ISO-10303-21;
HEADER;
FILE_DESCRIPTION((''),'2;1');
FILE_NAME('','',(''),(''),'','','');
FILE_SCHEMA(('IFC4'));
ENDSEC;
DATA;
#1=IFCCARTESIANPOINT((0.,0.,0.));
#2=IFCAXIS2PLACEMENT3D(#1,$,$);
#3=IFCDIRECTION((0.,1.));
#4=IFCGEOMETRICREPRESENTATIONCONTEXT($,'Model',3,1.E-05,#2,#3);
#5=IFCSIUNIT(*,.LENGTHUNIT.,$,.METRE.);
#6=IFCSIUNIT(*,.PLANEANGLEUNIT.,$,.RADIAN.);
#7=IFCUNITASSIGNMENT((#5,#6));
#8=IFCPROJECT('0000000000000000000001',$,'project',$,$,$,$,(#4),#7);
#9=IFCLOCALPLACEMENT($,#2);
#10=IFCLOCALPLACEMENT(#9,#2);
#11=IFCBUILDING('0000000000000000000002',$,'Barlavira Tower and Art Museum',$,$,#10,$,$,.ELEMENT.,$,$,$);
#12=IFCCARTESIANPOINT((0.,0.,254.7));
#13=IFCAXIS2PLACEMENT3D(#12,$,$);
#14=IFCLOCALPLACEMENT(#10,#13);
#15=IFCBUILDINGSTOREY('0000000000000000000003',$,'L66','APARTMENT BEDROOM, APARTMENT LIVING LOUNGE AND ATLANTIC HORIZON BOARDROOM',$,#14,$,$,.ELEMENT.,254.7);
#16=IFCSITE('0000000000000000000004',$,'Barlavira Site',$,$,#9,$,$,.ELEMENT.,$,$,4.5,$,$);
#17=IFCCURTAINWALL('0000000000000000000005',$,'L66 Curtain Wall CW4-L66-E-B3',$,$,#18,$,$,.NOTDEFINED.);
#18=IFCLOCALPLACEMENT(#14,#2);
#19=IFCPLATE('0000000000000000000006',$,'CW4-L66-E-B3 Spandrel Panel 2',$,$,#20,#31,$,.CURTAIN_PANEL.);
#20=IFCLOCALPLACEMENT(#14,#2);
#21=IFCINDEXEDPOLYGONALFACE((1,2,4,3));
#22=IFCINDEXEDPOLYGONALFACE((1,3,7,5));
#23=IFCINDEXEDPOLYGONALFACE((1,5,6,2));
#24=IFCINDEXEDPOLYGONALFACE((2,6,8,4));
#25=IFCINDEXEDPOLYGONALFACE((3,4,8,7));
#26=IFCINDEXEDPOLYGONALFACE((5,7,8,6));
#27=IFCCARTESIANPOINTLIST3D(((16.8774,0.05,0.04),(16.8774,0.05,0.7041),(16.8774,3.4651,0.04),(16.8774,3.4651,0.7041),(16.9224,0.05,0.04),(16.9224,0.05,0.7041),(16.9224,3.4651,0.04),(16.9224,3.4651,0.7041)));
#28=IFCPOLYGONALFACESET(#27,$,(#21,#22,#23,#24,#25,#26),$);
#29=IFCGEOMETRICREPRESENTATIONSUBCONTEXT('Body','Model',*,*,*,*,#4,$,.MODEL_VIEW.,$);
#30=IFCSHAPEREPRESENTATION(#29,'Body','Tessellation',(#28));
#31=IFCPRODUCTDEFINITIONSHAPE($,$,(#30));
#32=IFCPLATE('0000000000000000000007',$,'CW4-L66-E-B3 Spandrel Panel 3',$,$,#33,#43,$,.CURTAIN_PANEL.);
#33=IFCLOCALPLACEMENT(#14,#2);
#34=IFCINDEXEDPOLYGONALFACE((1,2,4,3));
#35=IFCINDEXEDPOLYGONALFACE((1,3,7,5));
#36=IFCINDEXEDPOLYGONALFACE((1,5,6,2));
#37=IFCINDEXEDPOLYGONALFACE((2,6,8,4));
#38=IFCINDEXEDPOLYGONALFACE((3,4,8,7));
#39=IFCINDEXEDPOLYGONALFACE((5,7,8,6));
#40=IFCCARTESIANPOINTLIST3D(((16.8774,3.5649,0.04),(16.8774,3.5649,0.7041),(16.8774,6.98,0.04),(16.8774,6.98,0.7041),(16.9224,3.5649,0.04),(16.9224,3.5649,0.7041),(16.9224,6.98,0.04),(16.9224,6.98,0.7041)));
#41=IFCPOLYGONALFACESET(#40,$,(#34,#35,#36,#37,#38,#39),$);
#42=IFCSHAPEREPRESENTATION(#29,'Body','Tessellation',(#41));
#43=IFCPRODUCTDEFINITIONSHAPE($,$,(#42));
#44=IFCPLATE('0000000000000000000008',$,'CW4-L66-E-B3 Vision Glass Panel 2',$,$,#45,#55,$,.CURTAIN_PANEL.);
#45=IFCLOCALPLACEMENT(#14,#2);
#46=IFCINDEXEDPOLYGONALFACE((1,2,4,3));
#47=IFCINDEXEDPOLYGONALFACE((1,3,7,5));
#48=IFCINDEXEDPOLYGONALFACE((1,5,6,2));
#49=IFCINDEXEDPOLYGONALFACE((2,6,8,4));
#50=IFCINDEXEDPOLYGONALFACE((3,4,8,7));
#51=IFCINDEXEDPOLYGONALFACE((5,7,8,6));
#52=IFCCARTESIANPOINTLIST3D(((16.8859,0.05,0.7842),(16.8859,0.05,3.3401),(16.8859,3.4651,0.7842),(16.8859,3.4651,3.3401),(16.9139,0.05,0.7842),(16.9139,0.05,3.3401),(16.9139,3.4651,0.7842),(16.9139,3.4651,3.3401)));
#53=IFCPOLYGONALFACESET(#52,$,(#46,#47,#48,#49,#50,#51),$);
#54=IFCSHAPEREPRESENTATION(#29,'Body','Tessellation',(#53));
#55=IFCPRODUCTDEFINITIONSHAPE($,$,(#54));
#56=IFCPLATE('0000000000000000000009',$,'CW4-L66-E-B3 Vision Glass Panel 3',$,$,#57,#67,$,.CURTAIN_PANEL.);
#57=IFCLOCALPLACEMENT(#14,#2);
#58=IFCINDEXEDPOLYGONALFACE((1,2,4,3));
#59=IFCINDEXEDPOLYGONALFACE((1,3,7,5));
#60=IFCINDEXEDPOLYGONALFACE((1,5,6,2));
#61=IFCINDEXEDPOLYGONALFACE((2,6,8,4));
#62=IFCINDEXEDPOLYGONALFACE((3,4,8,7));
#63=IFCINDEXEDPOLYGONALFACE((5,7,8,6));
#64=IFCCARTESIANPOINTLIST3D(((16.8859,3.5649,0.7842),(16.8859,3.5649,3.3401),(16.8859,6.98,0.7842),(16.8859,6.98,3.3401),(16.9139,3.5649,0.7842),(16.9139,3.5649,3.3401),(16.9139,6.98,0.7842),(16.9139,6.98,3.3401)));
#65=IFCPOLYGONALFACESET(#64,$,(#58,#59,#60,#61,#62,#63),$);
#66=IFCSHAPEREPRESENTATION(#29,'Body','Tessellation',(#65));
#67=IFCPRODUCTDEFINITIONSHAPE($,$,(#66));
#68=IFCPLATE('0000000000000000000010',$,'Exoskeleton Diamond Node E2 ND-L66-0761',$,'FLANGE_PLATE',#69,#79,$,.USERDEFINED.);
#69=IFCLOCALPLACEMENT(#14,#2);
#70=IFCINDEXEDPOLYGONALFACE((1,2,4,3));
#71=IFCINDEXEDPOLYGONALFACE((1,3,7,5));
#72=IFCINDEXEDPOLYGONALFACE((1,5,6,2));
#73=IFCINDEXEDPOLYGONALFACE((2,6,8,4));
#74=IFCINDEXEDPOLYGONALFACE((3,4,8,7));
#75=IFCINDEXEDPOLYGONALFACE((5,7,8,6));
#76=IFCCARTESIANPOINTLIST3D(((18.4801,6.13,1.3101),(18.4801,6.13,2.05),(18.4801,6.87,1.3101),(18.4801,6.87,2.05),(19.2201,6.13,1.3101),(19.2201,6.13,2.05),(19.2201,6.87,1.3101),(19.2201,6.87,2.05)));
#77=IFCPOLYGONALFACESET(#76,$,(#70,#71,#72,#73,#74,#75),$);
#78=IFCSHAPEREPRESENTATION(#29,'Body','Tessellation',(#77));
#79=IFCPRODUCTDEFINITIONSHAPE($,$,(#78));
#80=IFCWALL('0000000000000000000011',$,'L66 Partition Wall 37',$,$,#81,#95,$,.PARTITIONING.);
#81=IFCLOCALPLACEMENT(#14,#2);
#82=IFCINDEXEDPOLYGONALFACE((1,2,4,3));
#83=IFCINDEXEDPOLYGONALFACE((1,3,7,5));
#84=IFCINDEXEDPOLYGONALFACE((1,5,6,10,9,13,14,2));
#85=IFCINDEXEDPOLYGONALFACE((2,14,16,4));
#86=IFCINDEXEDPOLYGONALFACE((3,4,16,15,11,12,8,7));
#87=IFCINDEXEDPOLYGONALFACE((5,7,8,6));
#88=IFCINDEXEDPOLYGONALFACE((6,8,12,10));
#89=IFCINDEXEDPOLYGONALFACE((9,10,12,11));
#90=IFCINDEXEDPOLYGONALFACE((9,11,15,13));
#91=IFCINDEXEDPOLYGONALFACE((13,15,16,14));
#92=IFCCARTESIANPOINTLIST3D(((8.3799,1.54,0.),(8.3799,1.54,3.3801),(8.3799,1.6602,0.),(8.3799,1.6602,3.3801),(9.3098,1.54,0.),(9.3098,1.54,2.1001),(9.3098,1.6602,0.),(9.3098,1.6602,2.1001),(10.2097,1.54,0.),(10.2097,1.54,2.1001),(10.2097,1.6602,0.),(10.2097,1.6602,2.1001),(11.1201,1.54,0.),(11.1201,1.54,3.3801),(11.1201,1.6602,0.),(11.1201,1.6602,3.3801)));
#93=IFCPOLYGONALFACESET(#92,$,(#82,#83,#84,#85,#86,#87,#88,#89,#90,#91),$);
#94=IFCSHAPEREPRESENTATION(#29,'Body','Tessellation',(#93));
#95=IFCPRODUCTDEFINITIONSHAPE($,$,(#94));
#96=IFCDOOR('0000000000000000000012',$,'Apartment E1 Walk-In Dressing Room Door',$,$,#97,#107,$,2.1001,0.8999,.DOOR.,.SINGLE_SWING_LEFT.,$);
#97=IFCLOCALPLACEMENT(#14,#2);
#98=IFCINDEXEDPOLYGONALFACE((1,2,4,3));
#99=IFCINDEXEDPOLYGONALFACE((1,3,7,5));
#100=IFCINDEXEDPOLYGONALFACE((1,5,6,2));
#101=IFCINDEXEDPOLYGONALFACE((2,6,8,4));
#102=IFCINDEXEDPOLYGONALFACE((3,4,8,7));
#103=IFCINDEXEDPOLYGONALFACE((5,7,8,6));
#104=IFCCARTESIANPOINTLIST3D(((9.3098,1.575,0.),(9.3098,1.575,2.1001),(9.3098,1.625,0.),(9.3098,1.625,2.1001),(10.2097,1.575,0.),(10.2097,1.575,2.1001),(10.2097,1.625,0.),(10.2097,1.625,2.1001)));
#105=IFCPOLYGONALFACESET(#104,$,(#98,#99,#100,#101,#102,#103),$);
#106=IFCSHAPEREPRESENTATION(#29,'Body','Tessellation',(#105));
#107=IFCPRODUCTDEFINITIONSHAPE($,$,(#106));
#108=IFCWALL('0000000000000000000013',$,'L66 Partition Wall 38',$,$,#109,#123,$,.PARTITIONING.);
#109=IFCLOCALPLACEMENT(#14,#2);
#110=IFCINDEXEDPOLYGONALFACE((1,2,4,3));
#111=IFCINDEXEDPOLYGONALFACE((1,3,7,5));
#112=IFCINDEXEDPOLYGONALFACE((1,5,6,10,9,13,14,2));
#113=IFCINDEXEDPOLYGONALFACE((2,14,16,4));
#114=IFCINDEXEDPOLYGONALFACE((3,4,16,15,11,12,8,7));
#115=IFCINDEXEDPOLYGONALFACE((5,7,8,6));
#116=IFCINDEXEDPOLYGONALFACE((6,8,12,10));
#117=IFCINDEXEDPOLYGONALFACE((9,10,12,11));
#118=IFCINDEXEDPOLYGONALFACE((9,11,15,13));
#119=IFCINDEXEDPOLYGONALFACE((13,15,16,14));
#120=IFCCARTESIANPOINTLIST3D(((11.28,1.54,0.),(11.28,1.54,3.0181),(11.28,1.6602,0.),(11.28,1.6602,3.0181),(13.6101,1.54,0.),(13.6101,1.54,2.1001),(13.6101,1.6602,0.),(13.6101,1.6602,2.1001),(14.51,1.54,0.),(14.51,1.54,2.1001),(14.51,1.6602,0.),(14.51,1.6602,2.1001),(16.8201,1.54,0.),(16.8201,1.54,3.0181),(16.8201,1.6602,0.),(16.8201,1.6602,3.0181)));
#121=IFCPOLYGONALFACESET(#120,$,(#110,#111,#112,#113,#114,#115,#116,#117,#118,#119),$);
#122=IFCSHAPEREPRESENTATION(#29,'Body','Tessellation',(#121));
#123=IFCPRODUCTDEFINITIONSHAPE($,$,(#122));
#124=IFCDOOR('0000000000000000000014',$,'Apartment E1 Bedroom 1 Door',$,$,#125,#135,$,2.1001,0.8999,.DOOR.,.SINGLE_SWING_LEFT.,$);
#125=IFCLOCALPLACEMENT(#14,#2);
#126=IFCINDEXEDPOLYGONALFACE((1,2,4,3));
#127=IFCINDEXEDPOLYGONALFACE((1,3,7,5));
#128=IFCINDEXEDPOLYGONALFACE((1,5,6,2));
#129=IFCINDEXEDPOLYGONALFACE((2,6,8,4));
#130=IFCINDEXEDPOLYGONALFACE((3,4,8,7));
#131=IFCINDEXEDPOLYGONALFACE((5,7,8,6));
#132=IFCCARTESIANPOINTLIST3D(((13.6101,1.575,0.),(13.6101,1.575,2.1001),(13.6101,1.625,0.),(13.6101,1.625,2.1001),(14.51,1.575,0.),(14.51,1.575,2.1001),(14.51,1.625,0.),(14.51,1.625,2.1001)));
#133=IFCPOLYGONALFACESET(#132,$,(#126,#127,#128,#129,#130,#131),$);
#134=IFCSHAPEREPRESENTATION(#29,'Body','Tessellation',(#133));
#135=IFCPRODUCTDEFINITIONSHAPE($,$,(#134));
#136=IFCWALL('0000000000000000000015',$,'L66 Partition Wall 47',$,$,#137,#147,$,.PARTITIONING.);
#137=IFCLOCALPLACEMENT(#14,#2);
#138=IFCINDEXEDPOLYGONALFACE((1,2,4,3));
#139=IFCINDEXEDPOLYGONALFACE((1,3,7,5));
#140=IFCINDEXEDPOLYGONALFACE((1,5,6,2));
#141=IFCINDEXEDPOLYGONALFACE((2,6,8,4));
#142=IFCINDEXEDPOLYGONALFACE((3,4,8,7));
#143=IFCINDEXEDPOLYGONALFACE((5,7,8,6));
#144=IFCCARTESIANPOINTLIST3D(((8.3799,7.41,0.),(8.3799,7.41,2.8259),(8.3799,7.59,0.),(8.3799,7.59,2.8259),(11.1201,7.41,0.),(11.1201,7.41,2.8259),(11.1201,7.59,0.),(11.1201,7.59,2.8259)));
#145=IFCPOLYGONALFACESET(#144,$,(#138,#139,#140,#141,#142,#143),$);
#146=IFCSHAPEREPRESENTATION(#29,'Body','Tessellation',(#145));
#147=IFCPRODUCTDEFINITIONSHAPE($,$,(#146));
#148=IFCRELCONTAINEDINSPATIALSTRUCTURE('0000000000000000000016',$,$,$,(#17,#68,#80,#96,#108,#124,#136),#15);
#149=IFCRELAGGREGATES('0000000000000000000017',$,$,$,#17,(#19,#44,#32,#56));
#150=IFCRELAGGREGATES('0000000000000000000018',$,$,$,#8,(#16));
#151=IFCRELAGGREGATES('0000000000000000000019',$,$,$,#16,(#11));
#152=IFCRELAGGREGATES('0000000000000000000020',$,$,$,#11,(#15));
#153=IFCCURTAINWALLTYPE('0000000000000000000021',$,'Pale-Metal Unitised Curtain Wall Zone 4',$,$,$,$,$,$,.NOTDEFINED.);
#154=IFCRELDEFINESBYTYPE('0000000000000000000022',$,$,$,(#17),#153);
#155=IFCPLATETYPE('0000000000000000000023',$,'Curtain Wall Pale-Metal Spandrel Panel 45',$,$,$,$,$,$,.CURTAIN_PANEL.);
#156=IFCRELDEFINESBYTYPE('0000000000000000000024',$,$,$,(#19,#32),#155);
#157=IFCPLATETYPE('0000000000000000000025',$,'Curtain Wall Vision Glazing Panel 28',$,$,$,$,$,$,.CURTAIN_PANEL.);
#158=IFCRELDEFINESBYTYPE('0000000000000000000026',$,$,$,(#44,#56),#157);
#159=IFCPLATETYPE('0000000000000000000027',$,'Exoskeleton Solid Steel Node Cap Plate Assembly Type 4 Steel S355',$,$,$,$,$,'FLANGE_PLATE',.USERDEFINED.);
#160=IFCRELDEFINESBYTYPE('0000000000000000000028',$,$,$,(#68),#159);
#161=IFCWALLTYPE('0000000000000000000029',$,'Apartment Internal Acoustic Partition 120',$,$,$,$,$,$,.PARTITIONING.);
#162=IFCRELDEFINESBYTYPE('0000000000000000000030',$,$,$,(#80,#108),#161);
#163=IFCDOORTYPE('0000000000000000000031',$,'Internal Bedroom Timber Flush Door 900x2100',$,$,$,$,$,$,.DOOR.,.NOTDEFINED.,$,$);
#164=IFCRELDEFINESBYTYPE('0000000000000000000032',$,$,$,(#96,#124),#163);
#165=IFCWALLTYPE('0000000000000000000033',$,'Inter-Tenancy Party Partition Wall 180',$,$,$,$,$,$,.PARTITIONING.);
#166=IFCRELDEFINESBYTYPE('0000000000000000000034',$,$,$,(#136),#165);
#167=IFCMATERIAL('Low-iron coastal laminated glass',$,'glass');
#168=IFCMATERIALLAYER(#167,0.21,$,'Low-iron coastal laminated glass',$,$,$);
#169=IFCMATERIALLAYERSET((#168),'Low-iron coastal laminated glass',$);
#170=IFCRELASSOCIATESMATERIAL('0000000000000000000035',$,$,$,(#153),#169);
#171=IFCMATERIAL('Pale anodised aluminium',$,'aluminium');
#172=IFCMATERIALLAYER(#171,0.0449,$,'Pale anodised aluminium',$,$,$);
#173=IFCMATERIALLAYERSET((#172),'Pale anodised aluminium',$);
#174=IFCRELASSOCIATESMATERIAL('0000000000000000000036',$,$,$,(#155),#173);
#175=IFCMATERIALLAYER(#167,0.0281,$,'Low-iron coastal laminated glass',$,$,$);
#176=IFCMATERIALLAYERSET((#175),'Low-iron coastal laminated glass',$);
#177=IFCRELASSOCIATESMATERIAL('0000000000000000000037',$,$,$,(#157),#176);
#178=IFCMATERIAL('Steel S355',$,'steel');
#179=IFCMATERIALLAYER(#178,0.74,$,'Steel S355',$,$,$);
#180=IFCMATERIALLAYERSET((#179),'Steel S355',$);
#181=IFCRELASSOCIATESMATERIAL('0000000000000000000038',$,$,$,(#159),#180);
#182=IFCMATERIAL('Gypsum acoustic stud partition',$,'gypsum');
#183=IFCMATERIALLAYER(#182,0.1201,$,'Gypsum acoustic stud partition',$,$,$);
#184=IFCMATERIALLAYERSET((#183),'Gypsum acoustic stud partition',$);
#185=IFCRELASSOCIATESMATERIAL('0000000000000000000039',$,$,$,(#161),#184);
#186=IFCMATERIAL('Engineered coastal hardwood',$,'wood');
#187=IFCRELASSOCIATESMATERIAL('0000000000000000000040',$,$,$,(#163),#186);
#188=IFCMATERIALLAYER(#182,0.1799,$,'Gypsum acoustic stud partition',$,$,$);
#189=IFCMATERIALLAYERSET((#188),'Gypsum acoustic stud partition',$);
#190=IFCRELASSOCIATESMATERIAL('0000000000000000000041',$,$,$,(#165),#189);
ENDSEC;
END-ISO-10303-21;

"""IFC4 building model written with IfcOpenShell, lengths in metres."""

from ifc_helpers import new_model, si_unit, direction, frame, frame_2d, origin, origin_2d, place, context, subcontext, project, spatial, rectangle, extrude, material, layer, layer_set, type_object, element, fill, aggregate, save


model = new_model("IFC4")

# Units and contexts
model_context = context("Model", 3, precision=1e-05, world=origin(), true_north=direction((0.0, 1.0)))
body_context = subcontext(model_context, "Body", "Model", "MODEL_VIEW")
ifc_project = project(units=[si_unit("LENGTHUNIT", "METRE"), si_unit("PLANEANGLEUNIT", "RADIAN")], contexts=[model_context])

# Site, building, storey
site_placement = place(None, origin())
site = spatial("IfcSite", under=ifc_project, at=site_placement, Name="Barlavira Site", CompositionType="ELEMENT", RefElevation=4.5)
building_placement = place(site_placement, origin())
building = spatial("IfcBuilding", under=site, at=building_placement, Name="Barlavira Tower and Art Museum", CompositionType="ELEMENT")
storey_placement = place(building_placement, frame((0.0, 0.0, 254.7)))
storey = spatial("IfcBuildingStorey", under=building, at=storey_placement, Name="L66", Description="APARTMENT BEDROOM, APARTMENT LIVING LOUNGE AND ATLANTIC HORIZON BOARDROOM", CompositionType="ELEMENT", Elevation=254.7)

# Curtain wall
ifc_material_1 = material(Name="Low-iron coastal laminated glass", Category="glass")
ifc_layer_1 = layer(ifc_material_1, 0.21, Name="Low-iron coastal laminated glass")
ifc_layer_set_1 = layer_set([ifc_layer_1], Name="Low-iron coastal laminated glass")
curtain_wall_type = type_object("IfcCurtainWallType", Name="Pale-Metal Unitised Curtain Wall Zone 4", PredefinedType="NOTDEFINED", material=ifc_layer_set_1)
curtain_wall_placement = place(storey_placement, origin())
curtain_wall = element("IfcCurtainWall", 1, at=curtain_wall_placement, inside=storey, type_object=curtain_wall_type, Name="L66 Curtain Wall CW4-L66-E-B3", PredefinedType="NOTDEFINED")
ifc_material_2 = material(Name="Pale anodised aluminium", Category="aluminium")

# Shared definitions
ifc_material_3 = material(Name="Steel S355", Category="steel")

# Plates
ifc_layer_2 = layer(ifc_material_2, 0.0449, Name="Pale anodised aluminium")
ifc_layer_set_2 = layer_set([ifc_layer_2], Name="Pale anodised aluminium")
plate_type_1 = type_object("IfcPlateType", Name="Curtain Wall Pale-Metal Spandrel Panel 45", PredefinedType="CURTAIN_PANEL", material=ifc_layer_set_2)
plate_1_placement = place(storey_placement, frame((16.8999, 1.7576, 0.04), z_axis=(0.0, 0.0, 1.0), x_axis=(0.0, 1.0, 0.0)))
plate_1 = element("IfcPlate", 2, at=plate_1_placement, type_object=plate_type_1, Name="CW4-L66-E-B3 Spandrel Panel 2", PredefinedType="CURTAIN_PANEL", context=body_context, shape_type="SweptSolid", body=[
    extrude(rectangle(XDim=3.415, YDim=0.0449, at=origin_2d()), origin(), (0.0, 0.0, 1.0), 0.6641),
])
plate_2_placement = place(storey_placement, frame((16.8999, 5.2725, 0.04), z_axis=(0.0, 0.0, 1.0), x_axis=(0.0, 1.0, 0.0)))
plate_2 = element("IfcPlate", 3, at=plate_2_placement, type_object=plate_type_1, Name="CW4-L66-E-B3 Spandrel Panel 3", PredefinedType="CURTAIN_PANEL", context=body_context, shape_type="SweptSolid", body=[
    extrude(rectangle(XDim=3.415, YDim=0.0449, at=origin_2d()), origin(), (0.0, 0.0, 1.0), 0.6641),
])
ifc_layer_3 = layer(ifc_material_1, 0.0281, Name="Low-iron coastal laminated glass")
ifc_layer_set_3 = layer_set([ifc_layer_3], Name="Low-iron coastal laminated glass")
plate_type_2 = type_object("IfcPlateType", Name="Curtain Wall Vision Glazing Panel 28", PredefinedType="CURTAIN_PANEL", material=ifc_layer_set_3)
plate_3_placement = place(storey_placement, frame((16.8999, 1.7576, 0.7842), z_axis=(0.0, 0.0, 1.0), x_axis=(0.0, 1.0, 0.0)))
plate_3 = element("IfcPlate", 4, at=plate_3_placement, type_object=plate_type_2, Name="CW4-L66-E-B3 Vision Glass Panel 2", PredefinedType="CURTAIN_PANEL", context=body_context, shape_type="SweptSolid", body=[
    extrude(rectangle(XDim=3.415, YDim=0.0281, at=origin_2d()), origin(), (0.0, 0.0, 1.0), 2.5559),
])
plate_4_placement = place(storey_placement, frame((16.8999, 5.2725, 0.7842), z_axis=(0.0, 0.0, 1.0), x_axis=(0.0, 1.0, 0.0)))
plate_4 = element("IfcPlate", 5, at=plate_4_placement, type_object=plate_type_2, Name="CW4-L66-E-B3 Vision Glass Panel 3", PredefinedType="CURTAIN_PANEL", context=body_context, shape_type="SweptSolid", body=[
    extrude(rectangle(XDim=3.415, YDim=0.0281, at=origin_2d()), origin(), (0.0, 0.0, 1.0), 2.5559),
])
aggregate(curtain_wall, [plate_1, plate_3, plate_2, plate_4])
ifc_layer_4 = layer(ifc_material_3, 0.74, Name="Steel S355")
ifc_layer_set_4 = layer_set([ifc_layer_4], Name="Steel S355")
plate_type_3 = type_object("IfcPlateType", Name="Exoskeleton Solid Steel Node Cap Plate Assembly Type 4 Steel S355", ElementType="FLANGE_PLATE", PredefinedType="USERDEFINED", material=ifc_layer_set_4)
plate_5_placement = place(storey_placement, frame((18.8501, 6.5, 1.3101), z_axis=(0.0, 0.0, 1.0), x_axis=(1.0, 0.0, 0.0)))
element("IfcPlate", 6, at=plate_5_placement, inside=storey, type_object=plate_type_3, Name="Exoskeleton Diamond Node E2 ND-L66-0761", ObjectType="FLANGE_PLATE", PredefinedType="USERDEFINED", context=body_context, shape_type="SweptSolid", body=[
    extrude(rectangle(XDim=0.74, YDim=0.74, at=origin_2d()), origin(), (0.0, 0.0, 1.0), 0.74),
])

# Walls, openings, doors
ifc_material_4 = material(Name="Gypsum acoustic stud partition", Category="gypsum")
ifc_layer_5 = layer(ifc_material_4, 0.1201, Name="Gypsum acoustic stud partition")
ifc_layer_set_5 = layer_set([ifc_layer_5], Name="Gypsum acoustic stud partition")
wall_type_1 = type_object("IfcWallType", Name="Apartment Internal Acoustic Partition 120", PredefinedType="PARTITIONING", material=ifc_layer_set_5)
wall_1_placement = place(storey_placement, frame((8.3799, 1.6001, 0.0), z_axis=(0.0, 0.0, 1.0), x_axis=(1.0, 0.0, 0.0)))
wall_1 = element("IfcWall", 7, at=wall_1_placement, inside=storey, type_object=wall_type_1, Name="L66 Partition Wall 37", PredefinedType="PARTITIONING", context=body_context, shape_type="SweptSolid", body=[
    extrude(rectangle(XDim=2.7402, YDim=0.1201, at=frame_2d((1.3701, 0.0))), origin(), (0.0, 0.0, 1.0), 3.3801),
])
opening_1_placement = place(wall_1_placement, frame((0.9299, 0.0, 0.0)))
opening_1 = element("IfcOpeningElement", 8, at=opening_1_placement, cuts=wall_1, PredefinedType="OPENING", context=body_context, shape_type="SweptSolid", body=[
    extrude(rectangle(XDim=0.8999, YDim=2.1001, at=frame_2d((0.45, 1.05))), frame((0.0, 0.0701, 0.0), z_axis=(0.0, -1.0, 0.0), x_axis=(1.0, 0.0, 0.0)), (0.0, 0.0, 1.0), 0.1401),
])
ifc_material_5 = material(Name="Engineered coastal hardwood", Category="wood")
door_type = type_object("IfcDoorType", Name="Internal Bedroom Timber Flush Door 900x2100", OperationType="NOTDEFINED", PredefinedType="DOOR", material=ifc_material_5)
door_1_placement = place(opening_1_placement, origin())
door_1 = element("IfcDoor", 9, at=door_1_placement, inside=storey, type_object=door_type, Name="Apartment E1 Walk-In Dressing Room Door", OperationType="SINGLE_SWING_LEFT", OverallHeight=2.1001, OverallWidth=0.8999, PredefinedType="DOOR", context=body_context, shape_type="SweptSolid", body=[
    extrude(rectangle(XDim=0.8999, YDim=2.1001, at=frame_2d((0.45, 1.05))), frame((0.0, 0.0249, 0.0), z_axis=(0.0, -1.0, 0.0), x_axis=(1.0, 0.0, 0.0)), (0.0, 0.0, 1.0), 0.05),
])
fill(opening_1, door_1)
wall_2_placement = place(storey_placement, frame((11.28, 1.6001, 0.0), z_axis=(0.0, 0.0, 1.0), x_axis=(1.0, 0.0, 0.0)))
wall_2 = element("IfcWall", 10, at=wall_2_placement, inside=storey, type_object=wall_type_1, Name="L66 Partition Wall 38", PredefinedType="PARTITIONING", context=body_context, shape_type="SweptSolid", body=[
    extrude(rectangle(XDim=5.54, YDim=0.1201, at=frame_2d((2.77, 0.0))), origin(), (0.0, 0.0, 1.0), 3.0181),
])
opening_2_placement = place(wall_2_placement, frame((2.3301, 0.0, 0.0)))
opening_2 = element("IfcOpeningElement", 11, at=opening_2_placement, cuts=wall_2, PredefinedType="OPENING", context=body_context, shape_type="SweptSolid", body=[
    extrude(rectangle(XDim=0.8999, YDim=2.1001, at=frame_2d((0.45, 1.05))), frame((0.0, 0.0701, 0.0), z_axis=(0.0, -1.0, 0.0), x_axis=(1.0, 0.0, 0.0)), (0.0, 0.0, 1.0), 0.1401),
])
door_2_placement = place(opening_2_placement, origin())
door_2 = element("IfcDoor", 12, at=door_2_placement, inside=storey, type_object=door_type, Name="Apartment E1 Bedroom 1 Door", OperationType="SINGLE_SWING_LEFT", OverallHeight=2.1001, OverallWidth=0.8999, PredefinedType="DOOR", context=body_context, shape_type="SweptSolid", body=[
    extrude(rectangle(XDim=0.8999, YDim=2.1001, at=frame_2d((0.45, 1.05))), frame((0.0, 0.0249, 0.0), z_axis=(0.0, -1.0, 0.0), x_axis=(1.0, 0.0, 0.0)), (0.0, 0.0, 1.0), 0.05),
])
fill(opening_2, door_2)

# Wall
ifc_layer_6 = layer(ifc_material_4, 0.1799, Name="Gypsum acoustic stud partition")
ifc_layer_set_6 = layer_set([ifc_layer_6], Name="Gypsum acoustic stud partition")
wall_type_2 = type_object("IfcWallType", Name="Inter-Tenancy Party Partition Wall 180", PredefinedType="PARTITIONING", material=ifc_layer_set_6)
wall_3_placement = place(storey_placement, frame((8.3799, 7.5, 0.0), z_axis=(0.0, 0.0, 1.0), x_axis=(1.0, 0.0, 0.0)))
element("IfcWall", 13, at=wall_3_placement, inside=storey, type_object=wall_type_2, Name="L66 Partition Wall 47", PredefinedType="PARTITIONING", context=body_context, shape_type="SweptSolid", body=[
    extrude(rectangle(XDim=2.7402, YDim=0.1799, at=frame_2d((1.3701, 0.0))), origin(), (0.0, 0.0, 1.0), 2.8259),
])

save(model, "model.ifc")
